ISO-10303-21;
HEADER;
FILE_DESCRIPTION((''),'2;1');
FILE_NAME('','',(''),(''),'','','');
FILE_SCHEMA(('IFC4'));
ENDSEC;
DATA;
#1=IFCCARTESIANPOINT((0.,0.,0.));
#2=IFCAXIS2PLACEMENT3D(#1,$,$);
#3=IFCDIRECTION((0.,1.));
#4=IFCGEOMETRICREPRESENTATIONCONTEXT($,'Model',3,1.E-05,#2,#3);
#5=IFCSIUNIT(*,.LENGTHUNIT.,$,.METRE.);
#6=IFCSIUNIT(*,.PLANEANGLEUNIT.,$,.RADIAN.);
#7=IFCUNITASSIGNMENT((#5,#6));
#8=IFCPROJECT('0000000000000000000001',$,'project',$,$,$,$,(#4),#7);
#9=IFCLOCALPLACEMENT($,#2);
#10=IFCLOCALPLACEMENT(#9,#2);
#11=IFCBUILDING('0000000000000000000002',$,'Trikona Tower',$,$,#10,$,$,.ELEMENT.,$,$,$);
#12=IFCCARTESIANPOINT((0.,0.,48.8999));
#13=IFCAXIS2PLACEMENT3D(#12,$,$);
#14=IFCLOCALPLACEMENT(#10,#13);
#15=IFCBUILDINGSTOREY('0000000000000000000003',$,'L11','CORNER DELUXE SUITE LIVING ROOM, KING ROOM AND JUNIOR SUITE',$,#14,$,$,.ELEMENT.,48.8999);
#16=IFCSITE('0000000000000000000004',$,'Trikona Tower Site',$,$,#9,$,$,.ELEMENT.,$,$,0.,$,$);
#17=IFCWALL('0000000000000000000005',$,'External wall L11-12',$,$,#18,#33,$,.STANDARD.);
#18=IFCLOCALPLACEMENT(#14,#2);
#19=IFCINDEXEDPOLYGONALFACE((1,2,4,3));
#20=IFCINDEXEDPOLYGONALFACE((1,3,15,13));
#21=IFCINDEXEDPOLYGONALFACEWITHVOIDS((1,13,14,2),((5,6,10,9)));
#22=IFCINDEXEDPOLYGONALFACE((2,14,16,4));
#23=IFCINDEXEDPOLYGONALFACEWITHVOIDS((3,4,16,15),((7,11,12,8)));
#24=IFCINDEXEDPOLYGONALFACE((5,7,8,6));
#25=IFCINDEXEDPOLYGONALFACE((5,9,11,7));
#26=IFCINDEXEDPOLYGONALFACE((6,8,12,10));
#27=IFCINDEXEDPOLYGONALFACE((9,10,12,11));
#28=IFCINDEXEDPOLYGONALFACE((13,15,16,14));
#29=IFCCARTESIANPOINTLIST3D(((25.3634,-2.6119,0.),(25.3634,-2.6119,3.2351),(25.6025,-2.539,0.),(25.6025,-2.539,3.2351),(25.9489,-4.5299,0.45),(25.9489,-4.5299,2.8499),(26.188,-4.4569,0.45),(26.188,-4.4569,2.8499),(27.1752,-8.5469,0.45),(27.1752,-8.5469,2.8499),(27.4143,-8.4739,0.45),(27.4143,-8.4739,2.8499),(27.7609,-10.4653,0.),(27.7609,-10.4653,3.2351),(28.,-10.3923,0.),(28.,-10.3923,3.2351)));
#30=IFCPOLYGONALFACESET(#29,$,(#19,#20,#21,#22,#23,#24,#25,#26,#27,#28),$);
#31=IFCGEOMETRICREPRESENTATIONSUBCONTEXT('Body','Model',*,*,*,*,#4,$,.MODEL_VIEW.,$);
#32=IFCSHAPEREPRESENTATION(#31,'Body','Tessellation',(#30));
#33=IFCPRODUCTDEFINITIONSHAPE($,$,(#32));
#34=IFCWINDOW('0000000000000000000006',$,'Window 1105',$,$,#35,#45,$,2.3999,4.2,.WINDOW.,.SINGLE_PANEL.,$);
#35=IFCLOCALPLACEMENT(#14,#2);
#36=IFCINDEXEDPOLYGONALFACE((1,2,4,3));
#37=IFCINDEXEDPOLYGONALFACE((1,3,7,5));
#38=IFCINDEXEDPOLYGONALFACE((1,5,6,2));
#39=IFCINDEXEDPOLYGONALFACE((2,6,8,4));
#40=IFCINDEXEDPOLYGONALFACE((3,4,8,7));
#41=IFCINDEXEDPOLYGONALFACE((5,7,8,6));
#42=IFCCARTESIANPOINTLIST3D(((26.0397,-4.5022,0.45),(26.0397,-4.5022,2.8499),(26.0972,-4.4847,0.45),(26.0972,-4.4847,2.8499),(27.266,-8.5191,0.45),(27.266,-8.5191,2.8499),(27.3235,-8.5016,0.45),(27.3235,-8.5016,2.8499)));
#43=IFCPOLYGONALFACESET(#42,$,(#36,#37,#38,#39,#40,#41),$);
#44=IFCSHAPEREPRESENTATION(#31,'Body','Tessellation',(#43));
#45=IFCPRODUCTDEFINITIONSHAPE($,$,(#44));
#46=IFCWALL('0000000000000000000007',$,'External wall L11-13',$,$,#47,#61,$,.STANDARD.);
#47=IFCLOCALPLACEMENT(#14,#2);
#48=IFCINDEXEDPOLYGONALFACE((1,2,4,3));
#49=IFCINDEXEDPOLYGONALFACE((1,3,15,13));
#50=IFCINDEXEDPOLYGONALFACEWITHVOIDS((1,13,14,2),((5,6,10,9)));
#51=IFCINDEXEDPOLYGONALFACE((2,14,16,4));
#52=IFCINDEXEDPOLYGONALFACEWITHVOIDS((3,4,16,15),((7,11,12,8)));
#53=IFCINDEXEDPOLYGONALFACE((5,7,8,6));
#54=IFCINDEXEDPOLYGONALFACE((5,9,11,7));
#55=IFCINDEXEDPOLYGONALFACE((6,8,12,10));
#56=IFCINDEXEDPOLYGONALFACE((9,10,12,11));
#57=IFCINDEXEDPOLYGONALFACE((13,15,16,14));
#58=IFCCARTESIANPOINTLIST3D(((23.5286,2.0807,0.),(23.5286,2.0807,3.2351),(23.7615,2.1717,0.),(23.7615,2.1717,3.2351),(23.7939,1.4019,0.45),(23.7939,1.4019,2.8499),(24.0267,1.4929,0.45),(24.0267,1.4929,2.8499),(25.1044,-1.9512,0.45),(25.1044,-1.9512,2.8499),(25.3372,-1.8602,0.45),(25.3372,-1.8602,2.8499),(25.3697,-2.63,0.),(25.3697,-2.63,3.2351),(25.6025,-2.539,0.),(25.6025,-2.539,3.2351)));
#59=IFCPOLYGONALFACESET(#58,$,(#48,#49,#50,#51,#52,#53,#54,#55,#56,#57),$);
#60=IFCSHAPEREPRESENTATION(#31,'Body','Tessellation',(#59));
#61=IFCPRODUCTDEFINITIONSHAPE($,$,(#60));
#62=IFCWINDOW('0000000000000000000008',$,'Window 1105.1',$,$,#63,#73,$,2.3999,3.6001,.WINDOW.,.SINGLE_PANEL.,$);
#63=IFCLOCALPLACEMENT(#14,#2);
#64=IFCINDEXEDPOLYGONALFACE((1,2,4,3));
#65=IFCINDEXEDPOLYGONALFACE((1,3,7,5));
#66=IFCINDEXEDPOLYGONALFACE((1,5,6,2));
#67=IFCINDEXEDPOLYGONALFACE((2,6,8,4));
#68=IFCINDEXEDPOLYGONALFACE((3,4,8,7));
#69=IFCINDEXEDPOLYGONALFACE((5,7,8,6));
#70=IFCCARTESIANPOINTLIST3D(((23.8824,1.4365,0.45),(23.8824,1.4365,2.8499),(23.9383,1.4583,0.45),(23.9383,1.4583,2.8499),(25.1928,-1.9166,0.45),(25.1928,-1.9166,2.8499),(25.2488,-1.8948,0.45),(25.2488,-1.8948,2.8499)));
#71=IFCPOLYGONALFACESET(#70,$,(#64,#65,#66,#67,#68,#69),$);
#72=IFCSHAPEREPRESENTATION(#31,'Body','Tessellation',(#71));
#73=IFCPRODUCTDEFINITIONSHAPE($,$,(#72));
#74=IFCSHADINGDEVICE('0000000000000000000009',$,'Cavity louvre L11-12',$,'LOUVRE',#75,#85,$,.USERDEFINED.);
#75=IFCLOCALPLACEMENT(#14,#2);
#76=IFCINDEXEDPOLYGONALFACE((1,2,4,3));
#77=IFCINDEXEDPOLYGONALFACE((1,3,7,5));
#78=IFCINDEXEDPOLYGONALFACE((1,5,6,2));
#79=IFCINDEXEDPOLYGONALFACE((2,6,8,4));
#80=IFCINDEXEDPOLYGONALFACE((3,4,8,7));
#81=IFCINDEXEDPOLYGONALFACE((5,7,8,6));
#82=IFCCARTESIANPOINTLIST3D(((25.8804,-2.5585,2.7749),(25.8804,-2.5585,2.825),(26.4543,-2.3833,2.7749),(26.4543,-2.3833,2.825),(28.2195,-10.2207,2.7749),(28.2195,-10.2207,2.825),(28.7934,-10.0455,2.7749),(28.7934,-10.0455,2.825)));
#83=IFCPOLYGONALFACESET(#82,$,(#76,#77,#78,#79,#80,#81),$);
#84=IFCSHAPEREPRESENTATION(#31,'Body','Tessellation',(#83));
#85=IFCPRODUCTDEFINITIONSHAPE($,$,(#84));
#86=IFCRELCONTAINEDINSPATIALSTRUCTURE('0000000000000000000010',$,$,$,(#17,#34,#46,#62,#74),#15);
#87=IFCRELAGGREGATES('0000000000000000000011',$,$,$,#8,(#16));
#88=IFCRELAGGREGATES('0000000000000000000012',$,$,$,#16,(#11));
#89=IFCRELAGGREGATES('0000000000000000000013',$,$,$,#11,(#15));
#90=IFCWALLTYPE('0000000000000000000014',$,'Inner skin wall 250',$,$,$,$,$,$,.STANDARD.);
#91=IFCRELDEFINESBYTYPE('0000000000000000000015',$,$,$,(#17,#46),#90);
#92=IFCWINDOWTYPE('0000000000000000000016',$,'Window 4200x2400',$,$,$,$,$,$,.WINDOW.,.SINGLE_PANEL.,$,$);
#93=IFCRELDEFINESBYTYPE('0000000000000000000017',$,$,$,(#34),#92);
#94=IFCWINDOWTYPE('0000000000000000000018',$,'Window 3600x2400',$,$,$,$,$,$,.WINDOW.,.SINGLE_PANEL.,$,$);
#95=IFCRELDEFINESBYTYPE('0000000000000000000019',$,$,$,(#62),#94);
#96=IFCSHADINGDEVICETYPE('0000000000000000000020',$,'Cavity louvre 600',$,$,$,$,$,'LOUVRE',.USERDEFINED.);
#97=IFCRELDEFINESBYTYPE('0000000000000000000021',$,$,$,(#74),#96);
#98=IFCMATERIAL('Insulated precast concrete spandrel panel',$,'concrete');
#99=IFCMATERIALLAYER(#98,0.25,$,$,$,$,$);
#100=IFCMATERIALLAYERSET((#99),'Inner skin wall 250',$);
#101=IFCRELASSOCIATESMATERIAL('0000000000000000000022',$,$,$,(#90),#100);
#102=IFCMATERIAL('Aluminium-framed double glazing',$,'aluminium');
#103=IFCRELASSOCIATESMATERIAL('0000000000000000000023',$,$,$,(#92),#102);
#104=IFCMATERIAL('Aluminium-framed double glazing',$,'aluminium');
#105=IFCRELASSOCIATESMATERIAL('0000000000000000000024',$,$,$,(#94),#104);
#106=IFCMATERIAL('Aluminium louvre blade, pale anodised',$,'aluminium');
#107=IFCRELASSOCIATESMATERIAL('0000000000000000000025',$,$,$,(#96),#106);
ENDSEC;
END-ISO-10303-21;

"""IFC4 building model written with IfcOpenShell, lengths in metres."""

from ifc_helpers import new_model, si_unit, direction, frame, frame_2d, origin, origin_2d, place, context, subcontext, project, spatial, rectangle, extrude, material, layer, layer_set, type_object, element, fill, save


model = new_model("IFC4")

# Units and contexts
model_context = context("Model", 3, precision=1e-05, world=origin(), true_north=direction((0.0, 1.0)))
body_context = subcontext(model_context, "Body", "Model", "MODEL_VIEW")
ifc_project = project(units=[si_unit("LENGTHUNIT", "METRE"), si_unit("PLANEANGLEUNIT", "RADIAN")], contexts=[model_context])

# Site, building, storey
site_placement = place(None, origin())
site = spatial("IfcSite", under=ifc_project, at=site_placement, Name="Trikona Tower Site", CompositionType="ELEMENT", RefElevation=0.0)
building_placement = place(site_placement, origin())
building = spatial("IfcBuilding", under=site, at=building_placement, Name="Trikona Tower", CompositionType="ELEMENT")
storey_placement = place(building_placement, frame((0.0, 0.0, 48.8999)))
storey = spatial("IfcBuildingStorey", under=building, at=storey_placement, Name="L11", Description="CORNER DELUXE SUITE LIVING ROOM, KING ROOM AND JUNIOR SUITE", CompositionType="ELEMENT", Elevation=48.8999)

# Walls, openings, windows
ifc_material_1 = material(Name="Insulated precast concrete spandrel panel", Category="concrete")
ifc_layer_1 = layer(ifc_material_1, 0.25)
ifc_layer_set_1 = layer_set([ifc_layer_1], Name="Inner skin wall 250")
wall_type = type_object("IfcWallType", Name="Inner skin wall 250", PredefinedType="STANDARD", material=ifc_layer_set_1)
wall_1_placement = place(storey_placement, frame((27.8804, -10.4287, 0.0), z_axis=(0.0, 0.0, 1.0), x_axis=(-0.291979, 0.956425, 0.0)))
wall_1 = element("IfcWall", 1, at=wall_1_placement, inside=storey, type_object=wall_type, Name="External wall L11-12", PredefinedType="STANDARD", context=body_context, shape_type="SweptSolid", body=[
    extrude(rectangle(XDim=8.2112, YDim=0.25, at=frame_2d((4.1055, 0.0))), origin(), (0.0, 0.0, 1.0), 3.2351),
])
opening_1_placement = place(wall_1_placement, frame((2.0056, 0.0, 0.45)))
opening_1 = element("IfcOpeningElement", 2, at=opening_1_placement, cuts=wall_1, PredefinedType="OPENING", context=body_context, shape_type="SweptSolid", body=[
    extrude(rectangle(XDim=4.2, YDim=2.3999, at=frame_2d((2.1001, 1.2))), frame((0.0, 0.135, 0.0), z_axis=(0.0, -1.0, 0.0), x_axis=(1.0, 0.0, 0.0)), (0.0, 0.0, 1.0), 0.27),
])
ifc_material_2 = material(Name="Aluminium-framed double glazing", Category="aluminium")
window_type_1 = type_object("IfcWindowType", Name="Window 4200x2400", PartitioningType="SINGLE_PANEL", PredefinedType="WINDOW", material=ifc_material_2)
window_1_placement = place(opening_1_placement, origin())
window_1 = element("IfcWindow", 3, at=window_1_placement, inside=storey, type_object=window_type_1, Name="Window 1105", OverallHeight=2.3999, OverallWidth=4.2, PartitioningType="SINGLE_PANEL", PredefinedType="WINDOW", context=body_context, shape_type="SweptSolid", body=[
    extrude(rectangle(XDim=4.2, YDim=2.3999, at=frame_2d((2.1001, 1.2))), frame((0.0, 0.03, 0.0), z_axis=(0.0, -1.0, 0.0), x_axis=(1.0, 0.0, 0.0)), (0.0, 0.0, 1.0), 0.0601),
])
fill(opening_1, window_1)
wall_2_placement = place(storey_placement, frame((25.4861, -2.5845, 0.0), z_axis=(0.0, 0.0, 1.0), x_axis=(-0.364013, 0.931394, 0.0)))
wall_2 = element("IfcWall", 4, at=wall_2_placement, inside=storey, type_object=wall_type, Name="External wall L11-13", PredefinedType="STANDARD", context=body_context, shape_type="SweptSolid", body=[
    extrude(rectangle(XDim=5.0576, YDim=0.25, at=frame_2d((2.5288, 0.0))), origin(), (0.0, 0.0, 1.0), 3.2351),
])
opening_2_placement = place(wall_2_placement, frame((0.7288, 0.0, 0.45)))
opening_2 = element("IfcOpeningElement", 5, at=opening_2_placement, cuts=wall_2, PredefinedType="OPENING", context=body_context, shape_type="SweptSolid", body=[
    extrude(rectangle(XDim=3.6001, YDim=2.3999, at=frame_2d((1.8, 1.2))), frame((0.0, 0.135, 0.0), z_axis=(0.0, -1.0, 0.0), x_axis=(1.0, 0.0, 0.0)), (0.0, 0.0, 1.0), 0.27),
])
ifc_material_3 = material(Name="Aluminium-framed double glazing", Category="aluminium")
window_type_2 = type_object("IfcWindowType", Name="Window 3600x2400", PartitioningType="SINGLE_PANEL", PredefinedType="WINDOW", material=ifc_material_3)
window_2_placement = place(opening_2_placement, origin())
window_2 = element("IfcWindow", 6, at=window_2_placement, inside=storey, type_object=window_type_2, Name="Window 1105.1", OverallHeight=2.3999, OverallWidth=3.6001, PartitioningType="SINGLE_PANEL", PredefinedType="WINDOW", context=body_context, shape_type="SweptSolid", body=[
    extrude(rectangle(XDim=3.6001, YDim=2.3999, at=frame_2d((1.8, 1.2))), frame((0.0, 0.03, 0.0), z_axis=(0.0, -1.0, 0.0), x_axis=(1.0, 0.0, 0.0)), (0.0, 0.0, 1.0), 0.0601),
])
fill(opening_2, window_2)

# Shading device
ifc_material_4 = material(Name="Aluminium louvre blade, pale anodised", Category="aluminium")
shading_device_type = type_object("IfcShadingDeviceType", Name="Cavity louvre 600", ElementType="LOUVRE", PredefinedType="USERDEFINED", material=ifc_material_4)
shading_device_placement = place(storey_placement, frame((27.3369, -6.302, 2.7749), z_axis=(0.0, 0.0, 1.0), x_axis=(-0.291979, 0.956425, 0.0)))
element("IfcShadingDevice", 7, at=shading_device_placement, inside=storey, type_object=shading_device_type, Name="Cavity louvre L11-12", ObjectType="LOUVRE", PredefinedType="USERDEFINED", context=body_context, shape_type="SweptSolid", body=[
    extrude(rectangle(XDim=8.0112, YDim=0.6001, at=origin_2d()), origin(), (0.0, 0.0, 1.0), 0.05),
])

save(model, "model.ifc")
